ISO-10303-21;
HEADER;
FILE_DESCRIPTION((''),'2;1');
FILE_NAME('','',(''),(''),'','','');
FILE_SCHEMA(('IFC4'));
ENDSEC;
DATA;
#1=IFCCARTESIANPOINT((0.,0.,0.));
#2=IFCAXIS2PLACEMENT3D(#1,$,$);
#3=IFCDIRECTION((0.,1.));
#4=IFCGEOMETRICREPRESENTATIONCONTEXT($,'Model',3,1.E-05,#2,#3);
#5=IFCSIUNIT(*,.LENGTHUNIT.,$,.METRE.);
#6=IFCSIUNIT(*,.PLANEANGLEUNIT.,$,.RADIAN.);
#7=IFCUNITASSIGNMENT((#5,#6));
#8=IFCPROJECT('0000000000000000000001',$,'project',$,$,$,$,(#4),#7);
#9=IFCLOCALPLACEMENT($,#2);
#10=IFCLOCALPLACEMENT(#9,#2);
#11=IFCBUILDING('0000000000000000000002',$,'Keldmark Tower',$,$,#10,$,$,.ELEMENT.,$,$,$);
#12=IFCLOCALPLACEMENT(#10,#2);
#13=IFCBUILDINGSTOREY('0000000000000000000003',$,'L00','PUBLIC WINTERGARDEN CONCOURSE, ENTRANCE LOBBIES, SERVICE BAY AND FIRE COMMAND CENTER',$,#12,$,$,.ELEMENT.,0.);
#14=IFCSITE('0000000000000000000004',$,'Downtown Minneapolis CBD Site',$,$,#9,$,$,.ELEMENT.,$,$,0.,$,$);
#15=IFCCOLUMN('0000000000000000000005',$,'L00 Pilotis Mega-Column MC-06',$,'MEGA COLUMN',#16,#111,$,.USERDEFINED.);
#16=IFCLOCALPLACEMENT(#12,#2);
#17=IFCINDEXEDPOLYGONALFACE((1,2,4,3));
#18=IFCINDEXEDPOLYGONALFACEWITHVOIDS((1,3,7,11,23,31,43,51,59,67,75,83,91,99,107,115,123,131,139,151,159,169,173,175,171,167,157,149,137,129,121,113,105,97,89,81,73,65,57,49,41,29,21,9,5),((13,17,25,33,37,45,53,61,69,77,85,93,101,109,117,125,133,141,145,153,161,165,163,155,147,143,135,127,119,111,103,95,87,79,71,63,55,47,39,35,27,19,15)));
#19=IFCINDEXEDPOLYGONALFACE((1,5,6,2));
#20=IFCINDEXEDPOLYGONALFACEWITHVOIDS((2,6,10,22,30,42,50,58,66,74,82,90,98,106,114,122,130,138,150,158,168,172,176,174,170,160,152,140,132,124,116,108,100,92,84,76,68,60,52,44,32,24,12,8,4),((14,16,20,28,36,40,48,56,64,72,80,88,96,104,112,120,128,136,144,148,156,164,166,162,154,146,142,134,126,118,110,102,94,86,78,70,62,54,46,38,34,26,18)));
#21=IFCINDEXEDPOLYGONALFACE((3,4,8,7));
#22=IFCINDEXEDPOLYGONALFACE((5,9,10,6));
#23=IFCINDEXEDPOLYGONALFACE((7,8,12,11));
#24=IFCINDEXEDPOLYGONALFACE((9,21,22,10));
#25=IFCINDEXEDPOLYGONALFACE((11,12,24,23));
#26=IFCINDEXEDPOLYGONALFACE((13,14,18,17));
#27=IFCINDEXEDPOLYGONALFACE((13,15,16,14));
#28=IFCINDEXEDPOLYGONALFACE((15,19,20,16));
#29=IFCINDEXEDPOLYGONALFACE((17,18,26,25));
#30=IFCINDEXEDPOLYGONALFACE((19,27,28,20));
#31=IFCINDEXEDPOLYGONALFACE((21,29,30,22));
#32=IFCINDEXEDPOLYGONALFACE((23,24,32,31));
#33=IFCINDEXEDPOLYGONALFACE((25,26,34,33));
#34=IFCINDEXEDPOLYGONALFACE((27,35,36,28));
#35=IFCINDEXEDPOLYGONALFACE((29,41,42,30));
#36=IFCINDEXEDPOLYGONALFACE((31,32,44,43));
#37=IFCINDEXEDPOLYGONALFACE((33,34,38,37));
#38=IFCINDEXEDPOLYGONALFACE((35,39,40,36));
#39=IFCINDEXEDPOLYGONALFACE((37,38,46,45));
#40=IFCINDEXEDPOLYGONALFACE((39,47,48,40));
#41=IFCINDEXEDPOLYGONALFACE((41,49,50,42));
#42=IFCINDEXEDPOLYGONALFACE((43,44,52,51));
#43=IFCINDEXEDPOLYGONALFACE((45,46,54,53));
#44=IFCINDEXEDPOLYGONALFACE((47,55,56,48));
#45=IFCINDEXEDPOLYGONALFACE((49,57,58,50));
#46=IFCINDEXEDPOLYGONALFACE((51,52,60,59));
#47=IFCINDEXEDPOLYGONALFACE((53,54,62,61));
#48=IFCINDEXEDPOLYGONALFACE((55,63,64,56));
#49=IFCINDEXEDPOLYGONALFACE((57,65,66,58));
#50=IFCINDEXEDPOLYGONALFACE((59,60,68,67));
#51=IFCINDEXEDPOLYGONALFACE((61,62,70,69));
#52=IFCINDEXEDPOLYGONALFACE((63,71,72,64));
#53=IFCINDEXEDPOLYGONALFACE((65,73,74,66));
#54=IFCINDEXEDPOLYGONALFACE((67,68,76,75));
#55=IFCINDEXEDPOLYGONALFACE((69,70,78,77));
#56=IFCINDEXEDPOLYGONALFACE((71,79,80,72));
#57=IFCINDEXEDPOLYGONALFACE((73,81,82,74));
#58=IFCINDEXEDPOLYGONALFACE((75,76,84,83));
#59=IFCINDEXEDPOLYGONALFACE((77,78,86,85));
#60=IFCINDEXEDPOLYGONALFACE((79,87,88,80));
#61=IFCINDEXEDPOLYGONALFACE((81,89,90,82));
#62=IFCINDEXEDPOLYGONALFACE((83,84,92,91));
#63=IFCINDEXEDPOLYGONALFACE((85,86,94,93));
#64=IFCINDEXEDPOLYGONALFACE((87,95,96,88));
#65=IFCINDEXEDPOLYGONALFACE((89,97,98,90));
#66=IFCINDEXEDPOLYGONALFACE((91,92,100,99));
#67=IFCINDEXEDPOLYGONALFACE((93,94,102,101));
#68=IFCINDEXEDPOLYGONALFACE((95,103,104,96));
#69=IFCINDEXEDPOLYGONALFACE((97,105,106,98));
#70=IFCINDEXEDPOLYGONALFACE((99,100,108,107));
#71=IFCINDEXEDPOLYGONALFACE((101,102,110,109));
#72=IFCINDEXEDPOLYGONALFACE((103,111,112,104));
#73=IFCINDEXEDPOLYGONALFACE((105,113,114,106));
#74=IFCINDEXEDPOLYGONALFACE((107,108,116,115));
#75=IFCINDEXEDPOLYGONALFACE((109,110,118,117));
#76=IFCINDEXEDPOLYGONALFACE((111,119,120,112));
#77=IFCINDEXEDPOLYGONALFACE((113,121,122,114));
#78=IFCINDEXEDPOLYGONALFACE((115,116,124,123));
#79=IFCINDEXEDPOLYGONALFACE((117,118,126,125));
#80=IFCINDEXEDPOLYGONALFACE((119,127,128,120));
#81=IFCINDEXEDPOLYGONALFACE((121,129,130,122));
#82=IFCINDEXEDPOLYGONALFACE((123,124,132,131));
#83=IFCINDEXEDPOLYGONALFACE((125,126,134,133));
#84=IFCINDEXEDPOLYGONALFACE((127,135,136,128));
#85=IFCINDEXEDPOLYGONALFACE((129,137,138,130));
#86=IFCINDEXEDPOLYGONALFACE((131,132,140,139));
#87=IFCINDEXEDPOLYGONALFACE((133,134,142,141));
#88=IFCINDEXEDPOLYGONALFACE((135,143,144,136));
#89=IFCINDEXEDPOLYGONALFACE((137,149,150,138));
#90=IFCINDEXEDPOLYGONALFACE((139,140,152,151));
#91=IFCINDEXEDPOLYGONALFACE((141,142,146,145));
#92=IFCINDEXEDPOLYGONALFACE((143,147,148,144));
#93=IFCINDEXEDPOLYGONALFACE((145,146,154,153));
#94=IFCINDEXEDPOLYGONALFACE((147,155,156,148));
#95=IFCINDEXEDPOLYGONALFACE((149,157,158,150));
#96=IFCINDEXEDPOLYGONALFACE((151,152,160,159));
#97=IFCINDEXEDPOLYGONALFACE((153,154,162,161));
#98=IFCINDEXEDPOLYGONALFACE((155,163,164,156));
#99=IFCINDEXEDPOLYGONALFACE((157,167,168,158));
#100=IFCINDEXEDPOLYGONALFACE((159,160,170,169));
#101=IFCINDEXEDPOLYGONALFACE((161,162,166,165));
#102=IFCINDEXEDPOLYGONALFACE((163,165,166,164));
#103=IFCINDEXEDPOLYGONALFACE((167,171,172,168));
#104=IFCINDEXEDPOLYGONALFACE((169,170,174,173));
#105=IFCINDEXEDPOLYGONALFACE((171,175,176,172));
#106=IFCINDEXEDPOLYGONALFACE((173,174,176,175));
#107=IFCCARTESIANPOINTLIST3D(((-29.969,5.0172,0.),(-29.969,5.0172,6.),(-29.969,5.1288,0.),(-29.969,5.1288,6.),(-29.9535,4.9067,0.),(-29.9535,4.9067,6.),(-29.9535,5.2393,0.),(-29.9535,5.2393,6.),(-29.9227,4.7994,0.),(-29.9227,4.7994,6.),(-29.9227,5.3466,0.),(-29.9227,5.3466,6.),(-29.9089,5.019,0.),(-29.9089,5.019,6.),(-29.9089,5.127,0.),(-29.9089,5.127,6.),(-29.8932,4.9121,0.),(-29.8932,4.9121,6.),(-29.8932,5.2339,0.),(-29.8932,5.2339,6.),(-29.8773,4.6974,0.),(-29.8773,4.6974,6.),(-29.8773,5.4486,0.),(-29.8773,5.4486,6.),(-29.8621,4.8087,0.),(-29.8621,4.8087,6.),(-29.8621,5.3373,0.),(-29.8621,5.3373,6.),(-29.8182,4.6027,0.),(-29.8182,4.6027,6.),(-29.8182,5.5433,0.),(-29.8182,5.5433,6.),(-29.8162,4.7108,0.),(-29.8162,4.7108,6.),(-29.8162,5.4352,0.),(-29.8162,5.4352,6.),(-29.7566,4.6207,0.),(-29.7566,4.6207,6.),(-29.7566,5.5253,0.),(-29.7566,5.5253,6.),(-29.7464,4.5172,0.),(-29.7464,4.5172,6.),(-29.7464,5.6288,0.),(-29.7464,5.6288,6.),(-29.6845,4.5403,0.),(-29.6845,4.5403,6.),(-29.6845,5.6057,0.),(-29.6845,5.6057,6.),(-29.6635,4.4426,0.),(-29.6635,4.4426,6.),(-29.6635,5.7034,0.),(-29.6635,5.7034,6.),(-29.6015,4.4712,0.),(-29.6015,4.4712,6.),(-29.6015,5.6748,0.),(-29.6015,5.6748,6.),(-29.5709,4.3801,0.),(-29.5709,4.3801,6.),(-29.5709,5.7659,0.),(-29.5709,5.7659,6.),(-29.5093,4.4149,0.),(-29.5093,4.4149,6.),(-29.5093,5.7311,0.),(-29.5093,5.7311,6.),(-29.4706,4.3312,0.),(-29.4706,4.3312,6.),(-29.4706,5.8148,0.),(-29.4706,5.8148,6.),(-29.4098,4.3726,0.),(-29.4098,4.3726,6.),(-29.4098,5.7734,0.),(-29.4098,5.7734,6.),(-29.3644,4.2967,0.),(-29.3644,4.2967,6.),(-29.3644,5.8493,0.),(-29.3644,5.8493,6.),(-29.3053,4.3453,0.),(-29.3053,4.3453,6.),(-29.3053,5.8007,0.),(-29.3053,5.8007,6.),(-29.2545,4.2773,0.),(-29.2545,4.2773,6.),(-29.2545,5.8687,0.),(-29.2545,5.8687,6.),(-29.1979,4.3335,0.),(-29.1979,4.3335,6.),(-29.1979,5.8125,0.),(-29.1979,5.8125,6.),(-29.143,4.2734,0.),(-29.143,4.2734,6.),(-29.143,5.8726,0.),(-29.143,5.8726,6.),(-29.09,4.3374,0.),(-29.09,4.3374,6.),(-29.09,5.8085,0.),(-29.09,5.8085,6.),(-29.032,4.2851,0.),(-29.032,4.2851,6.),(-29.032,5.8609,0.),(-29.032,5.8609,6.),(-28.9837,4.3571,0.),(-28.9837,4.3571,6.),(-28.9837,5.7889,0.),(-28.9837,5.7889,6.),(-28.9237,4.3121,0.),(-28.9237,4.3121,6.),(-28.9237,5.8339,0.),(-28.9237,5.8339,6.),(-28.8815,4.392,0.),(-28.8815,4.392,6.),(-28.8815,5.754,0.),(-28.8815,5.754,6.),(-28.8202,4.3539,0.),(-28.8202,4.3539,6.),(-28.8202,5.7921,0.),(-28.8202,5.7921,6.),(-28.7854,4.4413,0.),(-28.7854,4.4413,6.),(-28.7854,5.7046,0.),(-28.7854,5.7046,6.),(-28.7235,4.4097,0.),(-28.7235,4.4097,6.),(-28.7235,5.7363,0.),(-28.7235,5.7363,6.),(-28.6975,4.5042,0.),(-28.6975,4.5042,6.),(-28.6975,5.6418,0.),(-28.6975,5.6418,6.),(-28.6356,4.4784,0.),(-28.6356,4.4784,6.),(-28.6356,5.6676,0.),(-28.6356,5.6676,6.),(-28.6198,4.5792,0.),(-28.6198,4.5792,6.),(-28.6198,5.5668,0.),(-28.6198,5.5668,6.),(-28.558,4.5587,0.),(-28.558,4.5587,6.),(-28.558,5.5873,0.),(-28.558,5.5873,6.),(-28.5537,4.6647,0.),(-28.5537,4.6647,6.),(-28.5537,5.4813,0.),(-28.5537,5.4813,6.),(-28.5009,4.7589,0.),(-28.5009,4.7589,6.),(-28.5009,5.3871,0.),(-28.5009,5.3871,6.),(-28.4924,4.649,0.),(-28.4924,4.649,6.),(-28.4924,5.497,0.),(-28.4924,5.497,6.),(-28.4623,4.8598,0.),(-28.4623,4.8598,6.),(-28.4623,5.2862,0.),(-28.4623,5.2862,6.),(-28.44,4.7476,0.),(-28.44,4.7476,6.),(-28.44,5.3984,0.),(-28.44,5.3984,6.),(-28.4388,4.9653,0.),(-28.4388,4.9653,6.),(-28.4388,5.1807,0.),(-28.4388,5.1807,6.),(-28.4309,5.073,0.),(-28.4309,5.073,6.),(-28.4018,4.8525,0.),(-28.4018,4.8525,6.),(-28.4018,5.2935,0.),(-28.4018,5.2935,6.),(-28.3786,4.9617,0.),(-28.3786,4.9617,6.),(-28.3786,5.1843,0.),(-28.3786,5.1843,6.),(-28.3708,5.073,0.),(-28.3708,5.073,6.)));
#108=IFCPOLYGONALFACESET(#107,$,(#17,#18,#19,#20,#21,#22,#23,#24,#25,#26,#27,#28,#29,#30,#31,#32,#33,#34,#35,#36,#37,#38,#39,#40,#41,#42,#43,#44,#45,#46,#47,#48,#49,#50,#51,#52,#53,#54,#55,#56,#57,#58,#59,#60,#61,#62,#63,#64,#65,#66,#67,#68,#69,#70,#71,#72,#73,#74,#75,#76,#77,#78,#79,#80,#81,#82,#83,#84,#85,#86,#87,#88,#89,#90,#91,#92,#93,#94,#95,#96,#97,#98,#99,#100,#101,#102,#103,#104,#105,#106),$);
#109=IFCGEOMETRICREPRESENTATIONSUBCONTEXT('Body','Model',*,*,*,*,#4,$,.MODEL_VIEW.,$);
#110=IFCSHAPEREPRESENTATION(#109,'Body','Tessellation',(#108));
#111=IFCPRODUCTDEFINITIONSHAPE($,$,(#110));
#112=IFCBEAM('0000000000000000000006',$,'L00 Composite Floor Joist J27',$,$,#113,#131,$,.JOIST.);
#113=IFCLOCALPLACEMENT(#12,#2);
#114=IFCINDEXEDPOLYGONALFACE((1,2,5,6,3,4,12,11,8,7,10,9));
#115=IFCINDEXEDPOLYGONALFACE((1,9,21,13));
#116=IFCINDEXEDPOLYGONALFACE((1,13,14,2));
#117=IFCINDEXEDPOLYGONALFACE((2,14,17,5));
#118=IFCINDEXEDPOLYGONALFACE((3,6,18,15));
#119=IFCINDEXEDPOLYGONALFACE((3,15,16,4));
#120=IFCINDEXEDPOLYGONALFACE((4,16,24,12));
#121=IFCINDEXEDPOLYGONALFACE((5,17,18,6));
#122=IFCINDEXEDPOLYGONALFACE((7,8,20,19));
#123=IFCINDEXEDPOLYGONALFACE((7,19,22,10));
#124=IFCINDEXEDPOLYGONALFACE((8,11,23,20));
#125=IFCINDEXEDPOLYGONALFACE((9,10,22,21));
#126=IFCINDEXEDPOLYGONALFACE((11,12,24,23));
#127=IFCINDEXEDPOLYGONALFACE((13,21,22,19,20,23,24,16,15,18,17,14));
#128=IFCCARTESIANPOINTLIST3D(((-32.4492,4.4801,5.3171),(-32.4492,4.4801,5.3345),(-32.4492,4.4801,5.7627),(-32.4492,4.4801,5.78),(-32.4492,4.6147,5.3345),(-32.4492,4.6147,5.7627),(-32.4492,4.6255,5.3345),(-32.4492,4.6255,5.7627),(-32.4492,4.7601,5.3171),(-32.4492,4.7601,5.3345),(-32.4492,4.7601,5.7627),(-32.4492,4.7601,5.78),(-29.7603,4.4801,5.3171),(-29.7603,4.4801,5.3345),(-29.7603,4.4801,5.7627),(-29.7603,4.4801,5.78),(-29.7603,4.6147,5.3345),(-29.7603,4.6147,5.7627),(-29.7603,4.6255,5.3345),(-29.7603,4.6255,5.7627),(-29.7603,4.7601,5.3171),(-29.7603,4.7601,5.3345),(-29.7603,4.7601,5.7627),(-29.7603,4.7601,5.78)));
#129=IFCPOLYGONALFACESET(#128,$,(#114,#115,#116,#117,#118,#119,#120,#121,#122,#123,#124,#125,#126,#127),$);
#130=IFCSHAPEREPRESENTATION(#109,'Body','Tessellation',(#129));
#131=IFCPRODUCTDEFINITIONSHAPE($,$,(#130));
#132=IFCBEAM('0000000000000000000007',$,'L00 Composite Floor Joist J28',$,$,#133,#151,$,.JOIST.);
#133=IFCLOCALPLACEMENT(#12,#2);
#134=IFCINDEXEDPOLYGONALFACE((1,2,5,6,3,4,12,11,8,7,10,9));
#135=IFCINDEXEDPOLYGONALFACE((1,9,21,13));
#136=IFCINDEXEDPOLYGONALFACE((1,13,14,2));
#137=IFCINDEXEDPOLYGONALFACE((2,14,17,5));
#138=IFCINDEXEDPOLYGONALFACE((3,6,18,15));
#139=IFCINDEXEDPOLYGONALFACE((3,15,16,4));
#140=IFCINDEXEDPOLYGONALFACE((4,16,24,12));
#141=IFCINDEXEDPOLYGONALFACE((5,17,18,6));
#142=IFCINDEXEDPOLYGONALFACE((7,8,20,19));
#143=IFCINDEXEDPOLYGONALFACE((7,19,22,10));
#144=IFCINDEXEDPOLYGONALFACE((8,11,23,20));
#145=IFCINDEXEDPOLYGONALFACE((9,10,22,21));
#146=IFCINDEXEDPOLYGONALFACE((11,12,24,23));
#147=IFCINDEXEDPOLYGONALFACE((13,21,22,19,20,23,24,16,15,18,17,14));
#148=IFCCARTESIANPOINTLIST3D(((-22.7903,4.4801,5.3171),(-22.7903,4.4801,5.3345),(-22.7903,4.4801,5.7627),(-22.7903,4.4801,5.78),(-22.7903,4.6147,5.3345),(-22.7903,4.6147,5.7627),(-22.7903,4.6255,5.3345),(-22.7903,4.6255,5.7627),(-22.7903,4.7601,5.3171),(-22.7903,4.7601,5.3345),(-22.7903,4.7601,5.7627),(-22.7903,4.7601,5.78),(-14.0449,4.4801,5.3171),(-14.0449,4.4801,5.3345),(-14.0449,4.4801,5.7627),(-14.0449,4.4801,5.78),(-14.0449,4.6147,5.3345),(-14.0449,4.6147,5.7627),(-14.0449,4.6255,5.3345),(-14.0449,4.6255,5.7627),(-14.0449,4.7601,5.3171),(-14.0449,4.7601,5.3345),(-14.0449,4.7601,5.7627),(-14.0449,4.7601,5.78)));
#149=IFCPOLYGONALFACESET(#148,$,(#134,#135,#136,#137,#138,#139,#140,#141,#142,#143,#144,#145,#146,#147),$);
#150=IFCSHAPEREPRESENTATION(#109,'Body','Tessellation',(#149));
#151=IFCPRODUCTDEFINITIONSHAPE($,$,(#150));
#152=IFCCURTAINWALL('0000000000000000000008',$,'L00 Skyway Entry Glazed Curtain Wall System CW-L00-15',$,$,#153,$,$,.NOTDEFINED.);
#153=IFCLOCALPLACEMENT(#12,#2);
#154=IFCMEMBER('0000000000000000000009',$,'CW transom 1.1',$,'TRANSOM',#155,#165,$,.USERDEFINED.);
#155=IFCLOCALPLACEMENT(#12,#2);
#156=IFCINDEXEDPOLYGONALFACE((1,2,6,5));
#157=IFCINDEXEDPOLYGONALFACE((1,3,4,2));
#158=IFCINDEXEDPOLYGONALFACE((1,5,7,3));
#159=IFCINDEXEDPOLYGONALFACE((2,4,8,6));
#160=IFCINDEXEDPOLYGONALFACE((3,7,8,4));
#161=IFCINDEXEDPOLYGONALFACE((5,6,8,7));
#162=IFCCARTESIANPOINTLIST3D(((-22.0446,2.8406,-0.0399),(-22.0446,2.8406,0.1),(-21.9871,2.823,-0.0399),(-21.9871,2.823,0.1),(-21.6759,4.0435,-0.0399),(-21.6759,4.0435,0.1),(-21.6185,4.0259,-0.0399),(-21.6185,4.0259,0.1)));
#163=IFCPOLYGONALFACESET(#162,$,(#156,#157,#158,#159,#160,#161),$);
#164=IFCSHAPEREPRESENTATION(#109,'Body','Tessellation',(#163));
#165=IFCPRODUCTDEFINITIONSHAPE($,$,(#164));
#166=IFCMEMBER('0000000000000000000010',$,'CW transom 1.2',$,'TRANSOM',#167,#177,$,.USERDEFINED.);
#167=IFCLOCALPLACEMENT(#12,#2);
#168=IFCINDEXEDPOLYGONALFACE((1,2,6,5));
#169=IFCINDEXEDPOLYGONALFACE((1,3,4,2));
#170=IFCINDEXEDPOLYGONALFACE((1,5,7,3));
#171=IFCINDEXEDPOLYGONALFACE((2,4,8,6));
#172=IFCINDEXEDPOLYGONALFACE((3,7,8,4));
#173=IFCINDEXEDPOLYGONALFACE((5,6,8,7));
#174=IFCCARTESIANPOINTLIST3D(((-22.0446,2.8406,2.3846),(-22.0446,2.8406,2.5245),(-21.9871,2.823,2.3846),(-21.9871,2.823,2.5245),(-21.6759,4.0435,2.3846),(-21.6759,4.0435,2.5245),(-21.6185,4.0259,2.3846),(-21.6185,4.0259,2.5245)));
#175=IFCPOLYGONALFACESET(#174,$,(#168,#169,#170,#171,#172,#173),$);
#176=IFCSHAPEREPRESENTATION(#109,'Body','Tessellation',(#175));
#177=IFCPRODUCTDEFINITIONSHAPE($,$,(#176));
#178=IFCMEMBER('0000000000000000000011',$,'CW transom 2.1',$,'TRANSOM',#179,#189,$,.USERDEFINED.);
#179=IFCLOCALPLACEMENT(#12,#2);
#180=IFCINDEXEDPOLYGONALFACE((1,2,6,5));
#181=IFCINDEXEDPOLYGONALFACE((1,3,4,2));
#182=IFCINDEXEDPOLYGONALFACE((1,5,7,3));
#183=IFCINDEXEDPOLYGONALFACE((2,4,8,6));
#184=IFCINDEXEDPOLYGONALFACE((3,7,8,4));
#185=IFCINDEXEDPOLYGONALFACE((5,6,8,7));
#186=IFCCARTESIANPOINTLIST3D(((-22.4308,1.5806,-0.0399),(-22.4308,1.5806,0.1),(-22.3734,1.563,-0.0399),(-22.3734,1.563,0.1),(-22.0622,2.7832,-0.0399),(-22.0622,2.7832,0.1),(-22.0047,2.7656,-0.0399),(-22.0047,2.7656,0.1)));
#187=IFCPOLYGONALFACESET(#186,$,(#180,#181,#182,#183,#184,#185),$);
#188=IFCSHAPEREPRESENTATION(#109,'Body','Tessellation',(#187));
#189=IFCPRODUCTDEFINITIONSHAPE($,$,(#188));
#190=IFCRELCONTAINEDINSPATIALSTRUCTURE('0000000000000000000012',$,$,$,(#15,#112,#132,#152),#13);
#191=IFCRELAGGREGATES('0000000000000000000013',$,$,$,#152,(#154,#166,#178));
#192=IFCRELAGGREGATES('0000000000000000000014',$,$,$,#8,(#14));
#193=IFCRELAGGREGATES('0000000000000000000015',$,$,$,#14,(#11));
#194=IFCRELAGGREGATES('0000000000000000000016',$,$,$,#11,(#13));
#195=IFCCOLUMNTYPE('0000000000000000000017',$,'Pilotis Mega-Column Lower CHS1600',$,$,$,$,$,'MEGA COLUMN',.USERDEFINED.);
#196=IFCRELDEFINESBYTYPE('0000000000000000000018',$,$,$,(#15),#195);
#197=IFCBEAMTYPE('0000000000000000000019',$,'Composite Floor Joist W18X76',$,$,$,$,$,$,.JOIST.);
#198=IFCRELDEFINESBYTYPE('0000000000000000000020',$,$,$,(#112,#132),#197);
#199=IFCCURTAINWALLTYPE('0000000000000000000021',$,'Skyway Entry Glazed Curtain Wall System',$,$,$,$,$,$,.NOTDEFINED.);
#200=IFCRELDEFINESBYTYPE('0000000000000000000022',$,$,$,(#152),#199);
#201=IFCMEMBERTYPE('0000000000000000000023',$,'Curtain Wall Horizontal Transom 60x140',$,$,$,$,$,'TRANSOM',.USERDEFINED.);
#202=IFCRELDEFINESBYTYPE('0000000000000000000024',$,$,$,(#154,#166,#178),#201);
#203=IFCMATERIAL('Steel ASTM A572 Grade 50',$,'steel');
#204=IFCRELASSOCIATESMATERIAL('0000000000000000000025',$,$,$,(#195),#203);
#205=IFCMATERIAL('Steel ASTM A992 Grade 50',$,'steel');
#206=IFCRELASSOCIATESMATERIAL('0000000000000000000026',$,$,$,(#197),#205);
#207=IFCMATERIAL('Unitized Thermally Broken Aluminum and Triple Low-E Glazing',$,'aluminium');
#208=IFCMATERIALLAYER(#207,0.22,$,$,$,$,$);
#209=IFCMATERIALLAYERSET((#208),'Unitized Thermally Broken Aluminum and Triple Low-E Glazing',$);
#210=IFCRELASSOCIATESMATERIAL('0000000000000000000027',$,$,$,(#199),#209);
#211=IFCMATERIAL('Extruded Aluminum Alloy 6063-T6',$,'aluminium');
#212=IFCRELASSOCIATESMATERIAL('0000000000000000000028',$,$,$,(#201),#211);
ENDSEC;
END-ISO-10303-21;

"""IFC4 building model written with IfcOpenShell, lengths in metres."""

from ifc_helpers import new_model, si_unit, direction, frame, origin, origin_2d, place, context, subcontext, project, spatial, rectangle, hollow_circle, i_section, extrude, material, layer, layer_set, material_profile, profile_set, type_object, element, aggregate, save


model = new_model("IFC4")

# Units and contexts
model_context = context("Model", 3, precision=1e-05, world=origin(), true_north=direction((0.0, 1.0)))
body_context = subcontext(model_context, "Body", "Model", "MODEL_VIEW")
ifc_project = project(units=[si_unit("LENGTHUNIT", "METRE"), si_unit("PLANEANGLEUNIT", "RADIAN")], contexts=[model_context])

# Site, building, storey
site_placement = place(None, origin())
site = spatial("IfcSite", under=ifc_project, at=site_placement, Name="Downtown Minneapolis CBD Site", CompositionType="ELEMENT", RefElevation=0.0)
building_placement = place(site_placement, origin())
building = spatial("IfcBuilding", under=site, at=building_placement, Name="Keldmark Tower", CompositionType="ELEMENT")
storey_placement = place(building_placement, origin())
storey = spatial("IfcBuildingStorey", under=building, at=storey_placement, Name="L00", Description="PUBLIC WINTERGARDEN CONCOURSE, ENTRANCE LOBBIES, SERVICE BAY AND FIRE COMMAND CENTER", CompositionType="ELEMENT", Elevation=0.0)

# Column
ifc_material_1 = material(Name="Steel ASTM A572 Grade 50", Category="steel")
ifc_material_profile_1 = material_profile(ifc_material_1, hollow_circle(Radius=0.8, WallThickness=0.0601, at=origin_2d()), Name="CHS1600X60")
ifc_profile_set_1 = profile_set([ifc_material_profile_1], Name="Steel ASTM A572 Grade 50")
column_type = type_object("IfcColumnType", Name="Pilotis Mega-Column Lower CHS1600", ElementType="MEGA COLUMN", PredefinedType="USERDEFINED", material=ifc_profile_set_1)
column_placement = place(storey_placement, frame((-29.1709, 5.073, 0.0), z_axis=(0.0, 0.0, 1.0), x_axis=(1.0, 0.0, 0.0)))
element("IfcColumn", 1, at=column_placement, inside=storey, type_object=column_type, Name="L00 Pilotis Mega-Column MC-06", ObjectType="MEGA COLUMN", PredefinedType="USERDEFINED", context=body_context, shape_type="SweptSolid", body=[
    extrude(hollow_circle(Radius=0.8, WallThickness=0.0601, at=origin_2d()), origin(), (0.0, 0.0, 1.0), 6.0),
])

# Beams
ifc_material_2 = material(Name="Steel ASTM A992 Grade 50", Category="steel")
ifc_material_profile_2 = material_profile(ifc_material_2, i_section(OverallWidth=0.28, OverallDepth=0.4629, WebThickness=0.0107, FlangeThickness=0.0173, at=origin_2d()), Name="W18X76")
ifc_profile_set_2 = profile_set([ifc_material_profile_2], Name="Steel ASTM A992 Grade 50")
beam_type_1 = type_object("IfcBeamType", Name="Composite Floor Joist W18X76", PredefinedType="JOIST", material=ifc_profile_set_2)
beam_1_placement = place(storey_placement, frame((-32.4492, 4.6201, 5.5486), z_axis=(1.0, 0.0, 0.0), x_axis=(0.0, 1.0, 0.0)))
element("IfcBeam", 2, at=beam_1_placement, inside=storey, type_object=beam_type_1, Name="L00 Composite Floor Joist J27", PredefinedType="JOIST", context=body_context, shape_type="SweptSolid", body=[
    extrude(i_section(OverallWidth=0.28, OverallDepth=0.4629, WebThickness=0.0107, FlangeThickness=0.0173, at=origin_2d()), origin(), (0.0, 0.0, 1.0), 2.689),
])
beam_2_placement = place(storey_placement, frame((-22.7903, 4.6201, 5.5486), z_axis=(1.0, 0.0, 0.0), x_axis=(0.0, 1.0, 0.0)))
element("IfcBeam", 3, at=beam_2_placement, inside=storey, type_object=beam_type_1, Name="L00 Composite Floor Joist J28", PredefinedType="JOIST", context=body_context, shape_type="SweptSolid", body=[
    extrude(i_section(OverallWidth=0.28, OverallDepth=0.4629, WebThickness=0.0107, FlangeThickness=0.0173, at=origin_2d()), origin(), (0.0, 0.0, 1.0), 8.7454),
])

# Curtain wall, members
ifc_material_3 = material(Name="Unitized Thermally Broken Aluminum and Triple Low-E Glazing", Category="aluminium")
ifc_layer_1 = layer(ifc_material_3, 0.22)
ifc_layer_set_1 = layer_set([ifc_layer_1], Name="Unitized Thermally Broken Aluminum and Triple Low-E Glazing")
curtain_wall_type = type_object("IfcCurtainWallType", Name="Skyway Entry Glazed Curtain Wall System", PredefinedType="NOTDEFINED", material=ifc_layer_set_1)
curtain_wall_1_placement = place(storey_placement, origin())
curtain_wall_1 = element("IfcCurtainWall", 4, at=curtain_wall_1_placement, inside=storey, type_object=curtain_wall_type, Name="L00 Skyway Entry Glazed Curtain Wall System CW-L00-15", PredefinedType="NOTDEFINED")
ifc_material_4 = material(Name="Extruded Aluminum Alloy 6063-T6", Category="aluminium")
ifc_material_profile_3 = material_profile(ifc_material_4, rectangle(XDim=0.0601, YDim=0.1399, at=origin_2d()), Name="CWT60X140")
ifc_profile_set_3 = profile_set([ifc_material_profile_3], Name="Extruded Aluminum Alloy 6063-T6")
member_type_1 = type_object("IfcMemberType", Name="Curtain Wall Horizontal Transom 60x140", ElementType="TRANSOM", PredefinedType="USERDEFINED", material=ifc_profile_set_3)
member_1_placement = place(storey_placement, frame((-21.6472, 4.0347, 0.03), z_axis=(-0.293022, -0.956106, 0.0), x_axis=(0.956106, -0.293022, 0.0)))
member_1 = element("IfcMember", 5, at=member_1_placement, type_object=member_type_1, Name="CW transom 1.1", ObjectType="TRANSOM", PredefinedType="USERDEFINED", context=body_context, shape_type="SweptSolid", body=[
    extrude(rectangle(XDim=0.0601, YDim=0.1399, at=origin_2d()), origin(), (0.0, 0.0, 1.0), 1.2581),
])
member_2_placement = place(storey_placement, frame((-21.6472, 4.0347, 2.4546), z_axis=(-0.293022, -0.956106, 0.0), x_axis=(0.956106, -0.293022, 0.0)))
member_2 = element("IfcMember", 6, at=member_2_placement, type_object=member_type_1, Name="CW transom 1.2", ObjectType="TRANSOM", PredefinedType="USERDEFINED", context=body_context, shape_type="SweptSolid", body=[
    extrude(rectangle(XDim=0.0601, YDim=0.1399, at=origin_2d()), origin(), (0.0, 0.0, 1.0), 1.2581),
])
member_3_placement = place(storey_placement, frame((-22.0334, 2.7744, 0.03), z_axis=(-0.293076, -0.956089, 0.0), x_axis=(0.956089, -0.293076, 0.0)))
member_3 = element("IfcMember", 7, at=member_3_placement, type_object=member_type_1, Name="CW transom 2.1", ObjectType="TRANSOM", PredefinedType="USERDEFINED", context=body_context, shape_type="SweptSolid", body=[
    extrude(rectangle(XDim=0.0601, YDim=0.1399, at=origin_2d()), origin(), (0.0, 0.0, 1.0), 1.2578),
])

aggregate(curtain_wall_1, [member_1, member_2, member_3])

save(model, "model.ifc")
